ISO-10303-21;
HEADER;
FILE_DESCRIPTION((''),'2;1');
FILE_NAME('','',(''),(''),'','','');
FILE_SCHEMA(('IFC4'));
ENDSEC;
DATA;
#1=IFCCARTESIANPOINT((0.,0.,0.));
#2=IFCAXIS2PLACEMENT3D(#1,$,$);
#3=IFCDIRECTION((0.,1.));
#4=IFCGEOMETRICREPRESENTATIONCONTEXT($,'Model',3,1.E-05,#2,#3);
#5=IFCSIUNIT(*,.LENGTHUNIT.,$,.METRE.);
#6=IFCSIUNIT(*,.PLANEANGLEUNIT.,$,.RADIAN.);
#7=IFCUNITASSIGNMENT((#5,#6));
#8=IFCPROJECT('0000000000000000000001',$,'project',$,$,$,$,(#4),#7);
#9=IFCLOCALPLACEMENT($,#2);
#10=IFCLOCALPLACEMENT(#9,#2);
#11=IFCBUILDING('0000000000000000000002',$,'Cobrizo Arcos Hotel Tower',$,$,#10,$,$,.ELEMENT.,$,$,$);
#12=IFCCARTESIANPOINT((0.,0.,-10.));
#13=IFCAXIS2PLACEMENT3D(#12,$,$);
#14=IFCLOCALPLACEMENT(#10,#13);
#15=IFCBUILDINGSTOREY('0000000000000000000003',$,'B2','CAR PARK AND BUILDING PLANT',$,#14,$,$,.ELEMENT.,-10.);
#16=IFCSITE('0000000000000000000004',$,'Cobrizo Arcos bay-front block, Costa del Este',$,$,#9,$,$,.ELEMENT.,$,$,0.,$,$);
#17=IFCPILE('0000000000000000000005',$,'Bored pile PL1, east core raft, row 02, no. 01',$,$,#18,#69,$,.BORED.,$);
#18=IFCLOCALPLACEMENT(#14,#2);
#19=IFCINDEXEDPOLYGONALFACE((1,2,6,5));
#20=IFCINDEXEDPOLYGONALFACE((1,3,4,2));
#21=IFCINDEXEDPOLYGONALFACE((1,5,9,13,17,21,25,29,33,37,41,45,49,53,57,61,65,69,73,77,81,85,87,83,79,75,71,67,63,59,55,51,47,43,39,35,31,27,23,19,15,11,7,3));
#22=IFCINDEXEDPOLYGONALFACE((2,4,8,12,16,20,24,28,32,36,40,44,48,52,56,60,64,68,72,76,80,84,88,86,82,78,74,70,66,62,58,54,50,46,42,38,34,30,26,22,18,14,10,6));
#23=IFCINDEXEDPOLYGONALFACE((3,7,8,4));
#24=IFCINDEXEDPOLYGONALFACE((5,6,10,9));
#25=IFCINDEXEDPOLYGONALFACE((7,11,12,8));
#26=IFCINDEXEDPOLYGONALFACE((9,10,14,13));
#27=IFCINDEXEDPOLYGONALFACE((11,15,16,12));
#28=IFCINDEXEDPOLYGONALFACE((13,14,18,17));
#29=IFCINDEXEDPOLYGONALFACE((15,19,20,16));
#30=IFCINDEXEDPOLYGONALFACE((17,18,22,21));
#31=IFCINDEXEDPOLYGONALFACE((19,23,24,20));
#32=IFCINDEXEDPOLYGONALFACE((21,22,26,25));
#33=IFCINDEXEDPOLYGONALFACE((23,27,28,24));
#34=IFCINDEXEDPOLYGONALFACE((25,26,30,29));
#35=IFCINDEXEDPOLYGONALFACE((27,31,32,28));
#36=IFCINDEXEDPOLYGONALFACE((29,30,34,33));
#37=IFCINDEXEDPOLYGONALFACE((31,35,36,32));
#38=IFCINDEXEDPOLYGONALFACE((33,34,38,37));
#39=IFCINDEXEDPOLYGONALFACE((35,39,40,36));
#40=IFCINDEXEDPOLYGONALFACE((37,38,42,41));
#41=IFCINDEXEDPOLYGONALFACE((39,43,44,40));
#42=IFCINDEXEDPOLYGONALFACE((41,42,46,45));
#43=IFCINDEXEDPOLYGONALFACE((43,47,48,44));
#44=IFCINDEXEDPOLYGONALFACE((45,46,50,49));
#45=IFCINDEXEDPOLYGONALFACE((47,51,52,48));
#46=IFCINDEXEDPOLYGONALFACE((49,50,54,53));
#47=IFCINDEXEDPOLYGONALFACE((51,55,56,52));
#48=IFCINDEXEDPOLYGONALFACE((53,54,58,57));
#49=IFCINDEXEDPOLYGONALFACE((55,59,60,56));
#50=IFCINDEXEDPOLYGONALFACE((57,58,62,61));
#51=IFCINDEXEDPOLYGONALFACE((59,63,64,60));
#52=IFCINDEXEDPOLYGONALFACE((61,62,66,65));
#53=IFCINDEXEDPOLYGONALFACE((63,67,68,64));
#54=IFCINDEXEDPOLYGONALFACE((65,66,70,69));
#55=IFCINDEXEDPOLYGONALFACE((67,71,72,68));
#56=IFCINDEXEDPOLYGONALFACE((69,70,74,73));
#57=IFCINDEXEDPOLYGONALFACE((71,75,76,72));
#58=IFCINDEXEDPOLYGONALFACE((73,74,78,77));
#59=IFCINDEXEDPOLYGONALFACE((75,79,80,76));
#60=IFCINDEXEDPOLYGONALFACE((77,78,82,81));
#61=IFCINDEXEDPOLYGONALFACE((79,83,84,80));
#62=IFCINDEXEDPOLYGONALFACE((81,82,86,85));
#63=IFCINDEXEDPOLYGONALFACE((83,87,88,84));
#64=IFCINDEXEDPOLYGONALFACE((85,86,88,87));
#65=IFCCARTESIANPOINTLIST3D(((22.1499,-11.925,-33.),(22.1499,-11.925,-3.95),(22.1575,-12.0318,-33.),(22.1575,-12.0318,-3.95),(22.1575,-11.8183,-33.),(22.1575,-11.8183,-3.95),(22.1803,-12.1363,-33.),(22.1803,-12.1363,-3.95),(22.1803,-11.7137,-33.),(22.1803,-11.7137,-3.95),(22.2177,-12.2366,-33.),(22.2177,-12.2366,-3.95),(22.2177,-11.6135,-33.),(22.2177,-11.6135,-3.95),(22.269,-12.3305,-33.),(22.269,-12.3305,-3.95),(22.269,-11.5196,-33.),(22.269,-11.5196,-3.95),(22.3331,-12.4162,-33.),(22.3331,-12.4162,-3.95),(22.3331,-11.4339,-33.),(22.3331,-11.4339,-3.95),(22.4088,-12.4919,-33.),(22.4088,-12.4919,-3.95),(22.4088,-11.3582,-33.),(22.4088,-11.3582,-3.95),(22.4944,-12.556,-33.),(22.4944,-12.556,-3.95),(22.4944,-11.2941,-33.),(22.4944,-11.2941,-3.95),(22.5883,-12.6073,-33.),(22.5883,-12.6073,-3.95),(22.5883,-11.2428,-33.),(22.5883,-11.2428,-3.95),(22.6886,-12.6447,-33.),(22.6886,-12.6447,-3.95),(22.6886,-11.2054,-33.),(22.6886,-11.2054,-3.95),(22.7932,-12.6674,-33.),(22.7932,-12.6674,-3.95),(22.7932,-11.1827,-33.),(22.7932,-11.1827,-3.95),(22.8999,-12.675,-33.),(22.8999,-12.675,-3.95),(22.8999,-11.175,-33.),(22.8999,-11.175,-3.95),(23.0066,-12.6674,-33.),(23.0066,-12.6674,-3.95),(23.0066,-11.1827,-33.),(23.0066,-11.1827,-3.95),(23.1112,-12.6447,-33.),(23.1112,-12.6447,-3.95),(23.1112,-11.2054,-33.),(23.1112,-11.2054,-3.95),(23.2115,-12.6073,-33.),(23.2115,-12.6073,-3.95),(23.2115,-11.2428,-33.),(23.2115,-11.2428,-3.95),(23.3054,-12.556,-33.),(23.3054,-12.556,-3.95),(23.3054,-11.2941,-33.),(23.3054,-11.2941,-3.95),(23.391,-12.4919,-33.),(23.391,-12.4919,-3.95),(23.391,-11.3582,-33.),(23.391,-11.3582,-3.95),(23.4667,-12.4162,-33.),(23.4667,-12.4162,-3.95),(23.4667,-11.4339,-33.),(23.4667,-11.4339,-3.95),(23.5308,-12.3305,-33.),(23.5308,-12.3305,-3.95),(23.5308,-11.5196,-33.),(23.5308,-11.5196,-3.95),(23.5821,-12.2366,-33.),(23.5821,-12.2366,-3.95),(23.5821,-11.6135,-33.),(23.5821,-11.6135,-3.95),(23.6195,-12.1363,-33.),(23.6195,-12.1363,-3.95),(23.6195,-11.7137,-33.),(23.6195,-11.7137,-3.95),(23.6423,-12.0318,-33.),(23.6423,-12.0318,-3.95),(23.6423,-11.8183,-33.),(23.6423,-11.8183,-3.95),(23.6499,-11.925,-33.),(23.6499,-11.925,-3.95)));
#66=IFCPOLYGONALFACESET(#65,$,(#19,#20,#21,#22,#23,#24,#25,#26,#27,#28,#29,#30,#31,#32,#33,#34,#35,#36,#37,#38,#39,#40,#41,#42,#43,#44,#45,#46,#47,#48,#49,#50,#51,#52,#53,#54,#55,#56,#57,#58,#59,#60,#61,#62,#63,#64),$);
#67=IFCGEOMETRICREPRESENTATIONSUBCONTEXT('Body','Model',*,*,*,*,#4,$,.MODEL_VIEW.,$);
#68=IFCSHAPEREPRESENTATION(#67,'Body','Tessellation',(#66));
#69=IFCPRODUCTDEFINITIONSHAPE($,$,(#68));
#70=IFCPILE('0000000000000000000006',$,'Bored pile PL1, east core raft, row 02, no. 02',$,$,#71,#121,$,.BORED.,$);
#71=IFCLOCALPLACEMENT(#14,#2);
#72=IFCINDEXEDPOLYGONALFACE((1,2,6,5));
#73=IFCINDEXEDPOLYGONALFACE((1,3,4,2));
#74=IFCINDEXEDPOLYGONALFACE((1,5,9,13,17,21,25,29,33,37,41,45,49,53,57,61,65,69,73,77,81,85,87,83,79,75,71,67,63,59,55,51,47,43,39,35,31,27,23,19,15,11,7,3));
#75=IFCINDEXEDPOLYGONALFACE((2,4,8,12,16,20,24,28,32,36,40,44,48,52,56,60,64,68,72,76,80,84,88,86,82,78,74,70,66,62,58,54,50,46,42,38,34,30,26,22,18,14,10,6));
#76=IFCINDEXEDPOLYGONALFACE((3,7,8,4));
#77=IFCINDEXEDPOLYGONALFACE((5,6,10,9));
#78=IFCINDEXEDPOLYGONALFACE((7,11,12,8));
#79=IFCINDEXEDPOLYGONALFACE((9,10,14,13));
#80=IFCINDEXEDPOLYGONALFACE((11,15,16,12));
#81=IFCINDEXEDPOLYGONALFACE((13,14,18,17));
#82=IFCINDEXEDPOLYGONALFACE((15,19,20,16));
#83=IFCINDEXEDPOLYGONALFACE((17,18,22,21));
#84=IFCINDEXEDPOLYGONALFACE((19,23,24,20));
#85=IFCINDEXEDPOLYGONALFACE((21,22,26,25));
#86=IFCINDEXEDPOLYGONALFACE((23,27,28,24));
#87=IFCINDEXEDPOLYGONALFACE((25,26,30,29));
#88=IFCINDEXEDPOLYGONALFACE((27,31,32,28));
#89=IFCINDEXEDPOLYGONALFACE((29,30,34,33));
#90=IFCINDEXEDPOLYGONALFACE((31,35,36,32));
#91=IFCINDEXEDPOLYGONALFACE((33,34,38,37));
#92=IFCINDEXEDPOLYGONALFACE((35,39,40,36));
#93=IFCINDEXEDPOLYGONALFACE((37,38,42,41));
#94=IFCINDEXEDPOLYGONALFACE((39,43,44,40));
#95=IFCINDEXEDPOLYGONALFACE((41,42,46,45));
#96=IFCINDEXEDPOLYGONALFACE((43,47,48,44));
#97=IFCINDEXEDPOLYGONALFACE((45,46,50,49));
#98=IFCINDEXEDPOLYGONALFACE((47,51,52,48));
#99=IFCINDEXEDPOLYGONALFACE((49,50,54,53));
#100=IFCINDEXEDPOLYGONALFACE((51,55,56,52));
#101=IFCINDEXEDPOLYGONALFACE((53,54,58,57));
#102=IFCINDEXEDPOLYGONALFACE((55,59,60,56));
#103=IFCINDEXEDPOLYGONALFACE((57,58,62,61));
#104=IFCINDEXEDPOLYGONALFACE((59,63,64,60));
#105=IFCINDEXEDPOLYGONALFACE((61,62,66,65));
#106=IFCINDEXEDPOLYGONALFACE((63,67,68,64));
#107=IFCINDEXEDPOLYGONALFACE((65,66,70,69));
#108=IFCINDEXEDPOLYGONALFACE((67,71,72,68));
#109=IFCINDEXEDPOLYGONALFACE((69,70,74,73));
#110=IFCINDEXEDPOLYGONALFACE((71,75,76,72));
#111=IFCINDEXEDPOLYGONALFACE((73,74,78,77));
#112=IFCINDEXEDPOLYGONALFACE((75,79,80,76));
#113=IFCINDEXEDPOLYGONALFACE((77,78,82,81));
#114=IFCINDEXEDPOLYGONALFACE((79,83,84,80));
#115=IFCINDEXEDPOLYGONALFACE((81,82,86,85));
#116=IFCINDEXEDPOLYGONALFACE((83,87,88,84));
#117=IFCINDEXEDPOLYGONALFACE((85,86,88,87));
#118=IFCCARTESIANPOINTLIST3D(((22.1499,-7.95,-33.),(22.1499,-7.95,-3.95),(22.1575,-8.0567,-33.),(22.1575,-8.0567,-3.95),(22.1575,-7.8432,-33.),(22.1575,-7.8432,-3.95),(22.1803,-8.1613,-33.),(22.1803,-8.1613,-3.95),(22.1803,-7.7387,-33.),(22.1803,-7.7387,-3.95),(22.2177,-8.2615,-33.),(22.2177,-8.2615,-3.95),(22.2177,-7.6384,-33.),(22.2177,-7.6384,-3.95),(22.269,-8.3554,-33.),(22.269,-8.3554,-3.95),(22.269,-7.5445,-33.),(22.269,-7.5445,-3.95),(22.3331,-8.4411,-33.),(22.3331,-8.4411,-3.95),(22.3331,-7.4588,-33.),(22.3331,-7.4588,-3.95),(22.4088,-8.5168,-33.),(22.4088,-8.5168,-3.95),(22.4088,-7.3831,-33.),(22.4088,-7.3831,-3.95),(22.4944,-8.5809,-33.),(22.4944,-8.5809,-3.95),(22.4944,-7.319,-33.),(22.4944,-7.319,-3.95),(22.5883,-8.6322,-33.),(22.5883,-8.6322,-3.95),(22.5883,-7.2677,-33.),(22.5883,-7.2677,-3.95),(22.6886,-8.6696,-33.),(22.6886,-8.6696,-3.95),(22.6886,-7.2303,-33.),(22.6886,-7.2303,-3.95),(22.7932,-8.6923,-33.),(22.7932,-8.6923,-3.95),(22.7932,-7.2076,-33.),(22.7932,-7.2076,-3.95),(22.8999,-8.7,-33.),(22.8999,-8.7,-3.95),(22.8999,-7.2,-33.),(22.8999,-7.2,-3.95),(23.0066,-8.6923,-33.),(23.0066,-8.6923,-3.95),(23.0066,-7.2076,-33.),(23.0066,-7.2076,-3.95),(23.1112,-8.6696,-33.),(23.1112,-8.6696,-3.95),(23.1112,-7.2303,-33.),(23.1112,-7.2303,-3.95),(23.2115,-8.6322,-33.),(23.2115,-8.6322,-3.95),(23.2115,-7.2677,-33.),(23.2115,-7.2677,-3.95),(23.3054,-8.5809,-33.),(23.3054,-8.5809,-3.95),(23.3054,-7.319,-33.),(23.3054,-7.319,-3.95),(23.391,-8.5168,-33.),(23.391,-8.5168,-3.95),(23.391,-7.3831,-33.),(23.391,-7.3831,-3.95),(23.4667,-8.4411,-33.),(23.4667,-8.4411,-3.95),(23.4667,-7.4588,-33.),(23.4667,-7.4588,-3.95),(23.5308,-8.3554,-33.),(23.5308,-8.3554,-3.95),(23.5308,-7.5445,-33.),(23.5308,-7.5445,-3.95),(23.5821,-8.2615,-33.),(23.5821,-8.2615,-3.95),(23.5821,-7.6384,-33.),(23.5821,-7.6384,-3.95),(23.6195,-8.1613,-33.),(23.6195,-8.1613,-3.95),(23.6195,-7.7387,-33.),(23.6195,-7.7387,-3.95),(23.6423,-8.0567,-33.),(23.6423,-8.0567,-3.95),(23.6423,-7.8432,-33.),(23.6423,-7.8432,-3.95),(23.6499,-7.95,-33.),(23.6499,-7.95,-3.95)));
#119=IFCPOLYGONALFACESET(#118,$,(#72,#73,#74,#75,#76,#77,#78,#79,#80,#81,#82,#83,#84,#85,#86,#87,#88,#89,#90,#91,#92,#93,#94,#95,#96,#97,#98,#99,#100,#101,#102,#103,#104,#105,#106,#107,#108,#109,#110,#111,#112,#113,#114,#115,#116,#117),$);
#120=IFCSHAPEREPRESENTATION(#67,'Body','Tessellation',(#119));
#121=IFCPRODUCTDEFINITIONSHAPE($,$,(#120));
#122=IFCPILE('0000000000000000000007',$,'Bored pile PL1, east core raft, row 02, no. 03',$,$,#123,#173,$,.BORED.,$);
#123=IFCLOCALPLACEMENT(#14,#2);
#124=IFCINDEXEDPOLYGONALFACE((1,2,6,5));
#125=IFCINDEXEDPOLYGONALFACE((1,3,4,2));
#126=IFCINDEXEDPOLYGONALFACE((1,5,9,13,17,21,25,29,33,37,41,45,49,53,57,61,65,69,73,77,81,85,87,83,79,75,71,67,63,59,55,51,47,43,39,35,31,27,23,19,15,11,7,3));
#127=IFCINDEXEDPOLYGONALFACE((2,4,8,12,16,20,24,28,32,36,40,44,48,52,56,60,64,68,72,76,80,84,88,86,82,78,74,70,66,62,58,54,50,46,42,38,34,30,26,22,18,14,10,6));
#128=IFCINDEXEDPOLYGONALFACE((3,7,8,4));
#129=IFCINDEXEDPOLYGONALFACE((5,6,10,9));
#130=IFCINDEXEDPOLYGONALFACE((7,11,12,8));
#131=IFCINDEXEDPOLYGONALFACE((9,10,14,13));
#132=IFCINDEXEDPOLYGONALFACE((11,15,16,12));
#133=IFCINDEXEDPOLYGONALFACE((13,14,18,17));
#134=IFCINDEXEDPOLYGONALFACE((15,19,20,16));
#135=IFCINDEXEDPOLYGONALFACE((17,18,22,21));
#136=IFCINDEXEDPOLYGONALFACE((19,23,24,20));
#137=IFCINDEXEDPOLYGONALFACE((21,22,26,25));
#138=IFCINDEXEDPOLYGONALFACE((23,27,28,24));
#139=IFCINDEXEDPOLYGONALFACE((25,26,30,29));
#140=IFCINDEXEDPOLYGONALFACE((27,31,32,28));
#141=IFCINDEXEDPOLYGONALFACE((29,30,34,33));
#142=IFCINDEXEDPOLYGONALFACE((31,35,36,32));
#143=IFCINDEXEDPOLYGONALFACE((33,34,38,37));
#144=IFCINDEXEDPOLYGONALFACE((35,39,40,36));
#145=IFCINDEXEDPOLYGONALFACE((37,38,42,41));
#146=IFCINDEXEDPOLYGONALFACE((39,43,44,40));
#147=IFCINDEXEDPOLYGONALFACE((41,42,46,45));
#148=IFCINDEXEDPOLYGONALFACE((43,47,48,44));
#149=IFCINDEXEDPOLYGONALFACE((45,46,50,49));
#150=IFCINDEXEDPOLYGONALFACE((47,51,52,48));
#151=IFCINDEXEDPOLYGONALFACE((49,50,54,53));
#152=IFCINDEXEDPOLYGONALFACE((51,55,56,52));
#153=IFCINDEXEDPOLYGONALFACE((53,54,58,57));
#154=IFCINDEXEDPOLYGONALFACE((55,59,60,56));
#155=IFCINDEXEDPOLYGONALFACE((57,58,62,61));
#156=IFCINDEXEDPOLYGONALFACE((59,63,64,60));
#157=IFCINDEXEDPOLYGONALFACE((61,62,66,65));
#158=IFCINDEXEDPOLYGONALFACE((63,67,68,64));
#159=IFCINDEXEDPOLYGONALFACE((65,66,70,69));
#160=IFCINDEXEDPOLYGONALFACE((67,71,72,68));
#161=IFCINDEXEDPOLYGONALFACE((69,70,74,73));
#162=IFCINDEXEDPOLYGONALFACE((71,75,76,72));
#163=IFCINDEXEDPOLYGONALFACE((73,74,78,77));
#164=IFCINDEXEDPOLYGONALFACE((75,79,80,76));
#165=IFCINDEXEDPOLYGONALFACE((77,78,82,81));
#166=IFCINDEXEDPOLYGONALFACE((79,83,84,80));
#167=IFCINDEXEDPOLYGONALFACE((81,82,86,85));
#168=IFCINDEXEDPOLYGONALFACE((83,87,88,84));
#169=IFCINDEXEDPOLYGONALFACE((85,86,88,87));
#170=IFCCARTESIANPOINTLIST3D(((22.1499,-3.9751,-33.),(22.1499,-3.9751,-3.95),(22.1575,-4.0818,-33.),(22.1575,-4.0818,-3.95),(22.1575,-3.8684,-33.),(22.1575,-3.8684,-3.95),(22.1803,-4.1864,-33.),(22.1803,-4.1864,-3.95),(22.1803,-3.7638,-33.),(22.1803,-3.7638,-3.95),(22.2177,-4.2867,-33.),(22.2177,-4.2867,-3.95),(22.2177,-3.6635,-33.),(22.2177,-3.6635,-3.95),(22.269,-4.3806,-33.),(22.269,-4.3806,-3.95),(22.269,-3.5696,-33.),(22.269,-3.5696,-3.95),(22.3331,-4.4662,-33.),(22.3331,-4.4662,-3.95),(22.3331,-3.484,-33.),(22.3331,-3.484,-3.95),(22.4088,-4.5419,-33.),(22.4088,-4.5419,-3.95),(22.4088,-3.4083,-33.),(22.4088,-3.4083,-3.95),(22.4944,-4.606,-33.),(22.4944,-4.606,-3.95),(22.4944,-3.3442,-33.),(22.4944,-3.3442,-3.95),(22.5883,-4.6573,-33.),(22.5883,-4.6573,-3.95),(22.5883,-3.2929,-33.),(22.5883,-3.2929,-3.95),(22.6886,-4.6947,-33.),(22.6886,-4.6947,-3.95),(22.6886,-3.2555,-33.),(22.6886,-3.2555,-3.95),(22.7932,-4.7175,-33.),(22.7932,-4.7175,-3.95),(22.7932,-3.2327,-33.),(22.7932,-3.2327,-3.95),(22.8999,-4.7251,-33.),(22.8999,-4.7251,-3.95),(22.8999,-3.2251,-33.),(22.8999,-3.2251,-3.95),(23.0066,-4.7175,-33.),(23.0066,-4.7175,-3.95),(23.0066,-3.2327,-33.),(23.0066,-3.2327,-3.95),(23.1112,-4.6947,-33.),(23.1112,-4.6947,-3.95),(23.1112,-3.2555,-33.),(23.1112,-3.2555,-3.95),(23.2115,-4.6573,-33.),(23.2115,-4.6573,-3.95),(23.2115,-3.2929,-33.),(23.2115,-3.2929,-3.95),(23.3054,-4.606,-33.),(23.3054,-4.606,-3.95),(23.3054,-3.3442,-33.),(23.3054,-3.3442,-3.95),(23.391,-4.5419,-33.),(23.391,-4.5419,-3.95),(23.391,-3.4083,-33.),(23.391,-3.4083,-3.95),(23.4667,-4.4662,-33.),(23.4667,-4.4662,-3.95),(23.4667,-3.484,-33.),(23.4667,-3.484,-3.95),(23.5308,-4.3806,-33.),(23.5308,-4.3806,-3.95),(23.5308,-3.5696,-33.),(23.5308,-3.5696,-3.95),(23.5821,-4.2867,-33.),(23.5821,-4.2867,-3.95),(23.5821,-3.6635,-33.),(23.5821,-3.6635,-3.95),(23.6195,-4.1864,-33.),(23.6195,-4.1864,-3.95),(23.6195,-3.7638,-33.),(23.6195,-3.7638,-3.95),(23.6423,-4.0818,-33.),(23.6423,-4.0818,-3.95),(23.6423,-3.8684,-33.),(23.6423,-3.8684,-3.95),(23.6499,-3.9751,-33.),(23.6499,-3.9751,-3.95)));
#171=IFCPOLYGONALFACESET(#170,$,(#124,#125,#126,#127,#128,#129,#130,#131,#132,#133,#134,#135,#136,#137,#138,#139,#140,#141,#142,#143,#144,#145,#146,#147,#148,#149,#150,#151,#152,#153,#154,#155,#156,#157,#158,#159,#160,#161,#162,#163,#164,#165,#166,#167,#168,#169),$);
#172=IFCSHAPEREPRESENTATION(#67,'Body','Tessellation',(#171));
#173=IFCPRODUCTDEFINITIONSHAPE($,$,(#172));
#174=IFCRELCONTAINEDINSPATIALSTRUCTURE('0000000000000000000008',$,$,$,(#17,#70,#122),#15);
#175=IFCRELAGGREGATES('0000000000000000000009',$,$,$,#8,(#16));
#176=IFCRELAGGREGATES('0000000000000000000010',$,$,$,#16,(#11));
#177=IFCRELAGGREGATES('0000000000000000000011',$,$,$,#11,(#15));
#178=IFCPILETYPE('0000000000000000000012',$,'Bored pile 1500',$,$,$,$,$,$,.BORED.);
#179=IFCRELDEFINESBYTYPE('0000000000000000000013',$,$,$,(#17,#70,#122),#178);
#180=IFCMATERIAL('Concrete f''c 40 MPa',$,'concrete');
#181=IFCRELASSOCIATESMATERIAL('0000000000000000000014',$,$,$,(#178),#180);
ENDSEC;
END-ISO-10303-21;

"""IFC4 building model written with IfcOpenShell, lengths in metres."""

from ifc_helpers import new_model, si_unit, direction, frame, origin, origin_2d, place, context, subcontext, project, spatial, circle, extrude, material, material_profile, profile_set, type_object, element, save


model = new_model("IFC4")

# Units and contexts
model_context = context("Model", 3, precision=1e-05, world=origin(), true_north=direction((0.0, 1.0)))
body_context = subcontext(model_context, "Body", "Model", "MODEL_VIEW")
ifc_project = project(units=[si_unit("LENGTHUNIT", "METRE"), si_unit("PLANEANGLEUNIT", "RADIAN")], contexts=[model_context])

# Site, building, storey
site_placement = place(None, origin())
site = spatial("IfcSite", under=ifc_project, at=site_placement, Name="Cobrizo Arcos bay-front block, Costa del Este", CompositionType="ELEMENT", RefElevation=0.0)
building_placement = place(site_placement, origin())
building = spatial("IfcBuilding", under=site, at=building_placement, Name="Cobrizo Arcos Hotel Tower", CompositionType="ELEMENT")
storey_placement = place(building_placement, frame((0.0, 0.0, -10.0)))
storey = spatial("IfcBuildingStorey", under=building, at=storey_placement, Name="B2", Description="CAR PARK AND BUILDING PLANT", CompositionType="ELEMENT", Elevation=-10.0)

# Piles
ifc_material_1 = material(Name="Concrete f'c 40 MPa", Category="concrete")
ifc_material_profile_1 = material_profile(ifc_material_1, circle(Radius=0.75, at=origin_2d()), Name="BORED PILE 1500")
ifc_profile_set_1 = profile_set([ifc_material_profile_1], Name="Concrete f'c 40 MPa")
pile_type = type_object("IfcPileType", Name="Bored pile 1500", PredefinedType="BORED", material=ifc_profile_set_1)
for number, where, z_axis, x_axis, name in (
    (1, (22.8999, -11.925, -3.95), (0.0, 0.0, -1.0), (1.0, 0.0, 0.0), "Bored pile PL1, east core raft, row 02, no. 01"),
    (2, (22.8999, -7.95, -3.95), (0.0, 0.0, -1.0), (1.0, 0.0, 0.0), "Bored pile PL1, east core raft, row 02, no. 02"),
    (3, (22.8999, -3.9751, -3.95), (0.0, 0.0, -1.0), (1.0, 0.0, 0.0), "Bored pile PL1, east core raft, row 02, no. 03"),
):
    element("IfcPile", number, at=place(storey_placement, frame(where, z_axis=z_axis, x_axis=x_axis)), inside=storey, type_object=pile_type, Name=name, PredefinedType="BORED", context=body_context, shape_type="SweptSolid", body=[
        extrude(circle(Radius=0.75, at=origin_2d()), origin(), (0.0, 0.0, 1.0), 29.05),
    ])

save(model, "model.ifc")
